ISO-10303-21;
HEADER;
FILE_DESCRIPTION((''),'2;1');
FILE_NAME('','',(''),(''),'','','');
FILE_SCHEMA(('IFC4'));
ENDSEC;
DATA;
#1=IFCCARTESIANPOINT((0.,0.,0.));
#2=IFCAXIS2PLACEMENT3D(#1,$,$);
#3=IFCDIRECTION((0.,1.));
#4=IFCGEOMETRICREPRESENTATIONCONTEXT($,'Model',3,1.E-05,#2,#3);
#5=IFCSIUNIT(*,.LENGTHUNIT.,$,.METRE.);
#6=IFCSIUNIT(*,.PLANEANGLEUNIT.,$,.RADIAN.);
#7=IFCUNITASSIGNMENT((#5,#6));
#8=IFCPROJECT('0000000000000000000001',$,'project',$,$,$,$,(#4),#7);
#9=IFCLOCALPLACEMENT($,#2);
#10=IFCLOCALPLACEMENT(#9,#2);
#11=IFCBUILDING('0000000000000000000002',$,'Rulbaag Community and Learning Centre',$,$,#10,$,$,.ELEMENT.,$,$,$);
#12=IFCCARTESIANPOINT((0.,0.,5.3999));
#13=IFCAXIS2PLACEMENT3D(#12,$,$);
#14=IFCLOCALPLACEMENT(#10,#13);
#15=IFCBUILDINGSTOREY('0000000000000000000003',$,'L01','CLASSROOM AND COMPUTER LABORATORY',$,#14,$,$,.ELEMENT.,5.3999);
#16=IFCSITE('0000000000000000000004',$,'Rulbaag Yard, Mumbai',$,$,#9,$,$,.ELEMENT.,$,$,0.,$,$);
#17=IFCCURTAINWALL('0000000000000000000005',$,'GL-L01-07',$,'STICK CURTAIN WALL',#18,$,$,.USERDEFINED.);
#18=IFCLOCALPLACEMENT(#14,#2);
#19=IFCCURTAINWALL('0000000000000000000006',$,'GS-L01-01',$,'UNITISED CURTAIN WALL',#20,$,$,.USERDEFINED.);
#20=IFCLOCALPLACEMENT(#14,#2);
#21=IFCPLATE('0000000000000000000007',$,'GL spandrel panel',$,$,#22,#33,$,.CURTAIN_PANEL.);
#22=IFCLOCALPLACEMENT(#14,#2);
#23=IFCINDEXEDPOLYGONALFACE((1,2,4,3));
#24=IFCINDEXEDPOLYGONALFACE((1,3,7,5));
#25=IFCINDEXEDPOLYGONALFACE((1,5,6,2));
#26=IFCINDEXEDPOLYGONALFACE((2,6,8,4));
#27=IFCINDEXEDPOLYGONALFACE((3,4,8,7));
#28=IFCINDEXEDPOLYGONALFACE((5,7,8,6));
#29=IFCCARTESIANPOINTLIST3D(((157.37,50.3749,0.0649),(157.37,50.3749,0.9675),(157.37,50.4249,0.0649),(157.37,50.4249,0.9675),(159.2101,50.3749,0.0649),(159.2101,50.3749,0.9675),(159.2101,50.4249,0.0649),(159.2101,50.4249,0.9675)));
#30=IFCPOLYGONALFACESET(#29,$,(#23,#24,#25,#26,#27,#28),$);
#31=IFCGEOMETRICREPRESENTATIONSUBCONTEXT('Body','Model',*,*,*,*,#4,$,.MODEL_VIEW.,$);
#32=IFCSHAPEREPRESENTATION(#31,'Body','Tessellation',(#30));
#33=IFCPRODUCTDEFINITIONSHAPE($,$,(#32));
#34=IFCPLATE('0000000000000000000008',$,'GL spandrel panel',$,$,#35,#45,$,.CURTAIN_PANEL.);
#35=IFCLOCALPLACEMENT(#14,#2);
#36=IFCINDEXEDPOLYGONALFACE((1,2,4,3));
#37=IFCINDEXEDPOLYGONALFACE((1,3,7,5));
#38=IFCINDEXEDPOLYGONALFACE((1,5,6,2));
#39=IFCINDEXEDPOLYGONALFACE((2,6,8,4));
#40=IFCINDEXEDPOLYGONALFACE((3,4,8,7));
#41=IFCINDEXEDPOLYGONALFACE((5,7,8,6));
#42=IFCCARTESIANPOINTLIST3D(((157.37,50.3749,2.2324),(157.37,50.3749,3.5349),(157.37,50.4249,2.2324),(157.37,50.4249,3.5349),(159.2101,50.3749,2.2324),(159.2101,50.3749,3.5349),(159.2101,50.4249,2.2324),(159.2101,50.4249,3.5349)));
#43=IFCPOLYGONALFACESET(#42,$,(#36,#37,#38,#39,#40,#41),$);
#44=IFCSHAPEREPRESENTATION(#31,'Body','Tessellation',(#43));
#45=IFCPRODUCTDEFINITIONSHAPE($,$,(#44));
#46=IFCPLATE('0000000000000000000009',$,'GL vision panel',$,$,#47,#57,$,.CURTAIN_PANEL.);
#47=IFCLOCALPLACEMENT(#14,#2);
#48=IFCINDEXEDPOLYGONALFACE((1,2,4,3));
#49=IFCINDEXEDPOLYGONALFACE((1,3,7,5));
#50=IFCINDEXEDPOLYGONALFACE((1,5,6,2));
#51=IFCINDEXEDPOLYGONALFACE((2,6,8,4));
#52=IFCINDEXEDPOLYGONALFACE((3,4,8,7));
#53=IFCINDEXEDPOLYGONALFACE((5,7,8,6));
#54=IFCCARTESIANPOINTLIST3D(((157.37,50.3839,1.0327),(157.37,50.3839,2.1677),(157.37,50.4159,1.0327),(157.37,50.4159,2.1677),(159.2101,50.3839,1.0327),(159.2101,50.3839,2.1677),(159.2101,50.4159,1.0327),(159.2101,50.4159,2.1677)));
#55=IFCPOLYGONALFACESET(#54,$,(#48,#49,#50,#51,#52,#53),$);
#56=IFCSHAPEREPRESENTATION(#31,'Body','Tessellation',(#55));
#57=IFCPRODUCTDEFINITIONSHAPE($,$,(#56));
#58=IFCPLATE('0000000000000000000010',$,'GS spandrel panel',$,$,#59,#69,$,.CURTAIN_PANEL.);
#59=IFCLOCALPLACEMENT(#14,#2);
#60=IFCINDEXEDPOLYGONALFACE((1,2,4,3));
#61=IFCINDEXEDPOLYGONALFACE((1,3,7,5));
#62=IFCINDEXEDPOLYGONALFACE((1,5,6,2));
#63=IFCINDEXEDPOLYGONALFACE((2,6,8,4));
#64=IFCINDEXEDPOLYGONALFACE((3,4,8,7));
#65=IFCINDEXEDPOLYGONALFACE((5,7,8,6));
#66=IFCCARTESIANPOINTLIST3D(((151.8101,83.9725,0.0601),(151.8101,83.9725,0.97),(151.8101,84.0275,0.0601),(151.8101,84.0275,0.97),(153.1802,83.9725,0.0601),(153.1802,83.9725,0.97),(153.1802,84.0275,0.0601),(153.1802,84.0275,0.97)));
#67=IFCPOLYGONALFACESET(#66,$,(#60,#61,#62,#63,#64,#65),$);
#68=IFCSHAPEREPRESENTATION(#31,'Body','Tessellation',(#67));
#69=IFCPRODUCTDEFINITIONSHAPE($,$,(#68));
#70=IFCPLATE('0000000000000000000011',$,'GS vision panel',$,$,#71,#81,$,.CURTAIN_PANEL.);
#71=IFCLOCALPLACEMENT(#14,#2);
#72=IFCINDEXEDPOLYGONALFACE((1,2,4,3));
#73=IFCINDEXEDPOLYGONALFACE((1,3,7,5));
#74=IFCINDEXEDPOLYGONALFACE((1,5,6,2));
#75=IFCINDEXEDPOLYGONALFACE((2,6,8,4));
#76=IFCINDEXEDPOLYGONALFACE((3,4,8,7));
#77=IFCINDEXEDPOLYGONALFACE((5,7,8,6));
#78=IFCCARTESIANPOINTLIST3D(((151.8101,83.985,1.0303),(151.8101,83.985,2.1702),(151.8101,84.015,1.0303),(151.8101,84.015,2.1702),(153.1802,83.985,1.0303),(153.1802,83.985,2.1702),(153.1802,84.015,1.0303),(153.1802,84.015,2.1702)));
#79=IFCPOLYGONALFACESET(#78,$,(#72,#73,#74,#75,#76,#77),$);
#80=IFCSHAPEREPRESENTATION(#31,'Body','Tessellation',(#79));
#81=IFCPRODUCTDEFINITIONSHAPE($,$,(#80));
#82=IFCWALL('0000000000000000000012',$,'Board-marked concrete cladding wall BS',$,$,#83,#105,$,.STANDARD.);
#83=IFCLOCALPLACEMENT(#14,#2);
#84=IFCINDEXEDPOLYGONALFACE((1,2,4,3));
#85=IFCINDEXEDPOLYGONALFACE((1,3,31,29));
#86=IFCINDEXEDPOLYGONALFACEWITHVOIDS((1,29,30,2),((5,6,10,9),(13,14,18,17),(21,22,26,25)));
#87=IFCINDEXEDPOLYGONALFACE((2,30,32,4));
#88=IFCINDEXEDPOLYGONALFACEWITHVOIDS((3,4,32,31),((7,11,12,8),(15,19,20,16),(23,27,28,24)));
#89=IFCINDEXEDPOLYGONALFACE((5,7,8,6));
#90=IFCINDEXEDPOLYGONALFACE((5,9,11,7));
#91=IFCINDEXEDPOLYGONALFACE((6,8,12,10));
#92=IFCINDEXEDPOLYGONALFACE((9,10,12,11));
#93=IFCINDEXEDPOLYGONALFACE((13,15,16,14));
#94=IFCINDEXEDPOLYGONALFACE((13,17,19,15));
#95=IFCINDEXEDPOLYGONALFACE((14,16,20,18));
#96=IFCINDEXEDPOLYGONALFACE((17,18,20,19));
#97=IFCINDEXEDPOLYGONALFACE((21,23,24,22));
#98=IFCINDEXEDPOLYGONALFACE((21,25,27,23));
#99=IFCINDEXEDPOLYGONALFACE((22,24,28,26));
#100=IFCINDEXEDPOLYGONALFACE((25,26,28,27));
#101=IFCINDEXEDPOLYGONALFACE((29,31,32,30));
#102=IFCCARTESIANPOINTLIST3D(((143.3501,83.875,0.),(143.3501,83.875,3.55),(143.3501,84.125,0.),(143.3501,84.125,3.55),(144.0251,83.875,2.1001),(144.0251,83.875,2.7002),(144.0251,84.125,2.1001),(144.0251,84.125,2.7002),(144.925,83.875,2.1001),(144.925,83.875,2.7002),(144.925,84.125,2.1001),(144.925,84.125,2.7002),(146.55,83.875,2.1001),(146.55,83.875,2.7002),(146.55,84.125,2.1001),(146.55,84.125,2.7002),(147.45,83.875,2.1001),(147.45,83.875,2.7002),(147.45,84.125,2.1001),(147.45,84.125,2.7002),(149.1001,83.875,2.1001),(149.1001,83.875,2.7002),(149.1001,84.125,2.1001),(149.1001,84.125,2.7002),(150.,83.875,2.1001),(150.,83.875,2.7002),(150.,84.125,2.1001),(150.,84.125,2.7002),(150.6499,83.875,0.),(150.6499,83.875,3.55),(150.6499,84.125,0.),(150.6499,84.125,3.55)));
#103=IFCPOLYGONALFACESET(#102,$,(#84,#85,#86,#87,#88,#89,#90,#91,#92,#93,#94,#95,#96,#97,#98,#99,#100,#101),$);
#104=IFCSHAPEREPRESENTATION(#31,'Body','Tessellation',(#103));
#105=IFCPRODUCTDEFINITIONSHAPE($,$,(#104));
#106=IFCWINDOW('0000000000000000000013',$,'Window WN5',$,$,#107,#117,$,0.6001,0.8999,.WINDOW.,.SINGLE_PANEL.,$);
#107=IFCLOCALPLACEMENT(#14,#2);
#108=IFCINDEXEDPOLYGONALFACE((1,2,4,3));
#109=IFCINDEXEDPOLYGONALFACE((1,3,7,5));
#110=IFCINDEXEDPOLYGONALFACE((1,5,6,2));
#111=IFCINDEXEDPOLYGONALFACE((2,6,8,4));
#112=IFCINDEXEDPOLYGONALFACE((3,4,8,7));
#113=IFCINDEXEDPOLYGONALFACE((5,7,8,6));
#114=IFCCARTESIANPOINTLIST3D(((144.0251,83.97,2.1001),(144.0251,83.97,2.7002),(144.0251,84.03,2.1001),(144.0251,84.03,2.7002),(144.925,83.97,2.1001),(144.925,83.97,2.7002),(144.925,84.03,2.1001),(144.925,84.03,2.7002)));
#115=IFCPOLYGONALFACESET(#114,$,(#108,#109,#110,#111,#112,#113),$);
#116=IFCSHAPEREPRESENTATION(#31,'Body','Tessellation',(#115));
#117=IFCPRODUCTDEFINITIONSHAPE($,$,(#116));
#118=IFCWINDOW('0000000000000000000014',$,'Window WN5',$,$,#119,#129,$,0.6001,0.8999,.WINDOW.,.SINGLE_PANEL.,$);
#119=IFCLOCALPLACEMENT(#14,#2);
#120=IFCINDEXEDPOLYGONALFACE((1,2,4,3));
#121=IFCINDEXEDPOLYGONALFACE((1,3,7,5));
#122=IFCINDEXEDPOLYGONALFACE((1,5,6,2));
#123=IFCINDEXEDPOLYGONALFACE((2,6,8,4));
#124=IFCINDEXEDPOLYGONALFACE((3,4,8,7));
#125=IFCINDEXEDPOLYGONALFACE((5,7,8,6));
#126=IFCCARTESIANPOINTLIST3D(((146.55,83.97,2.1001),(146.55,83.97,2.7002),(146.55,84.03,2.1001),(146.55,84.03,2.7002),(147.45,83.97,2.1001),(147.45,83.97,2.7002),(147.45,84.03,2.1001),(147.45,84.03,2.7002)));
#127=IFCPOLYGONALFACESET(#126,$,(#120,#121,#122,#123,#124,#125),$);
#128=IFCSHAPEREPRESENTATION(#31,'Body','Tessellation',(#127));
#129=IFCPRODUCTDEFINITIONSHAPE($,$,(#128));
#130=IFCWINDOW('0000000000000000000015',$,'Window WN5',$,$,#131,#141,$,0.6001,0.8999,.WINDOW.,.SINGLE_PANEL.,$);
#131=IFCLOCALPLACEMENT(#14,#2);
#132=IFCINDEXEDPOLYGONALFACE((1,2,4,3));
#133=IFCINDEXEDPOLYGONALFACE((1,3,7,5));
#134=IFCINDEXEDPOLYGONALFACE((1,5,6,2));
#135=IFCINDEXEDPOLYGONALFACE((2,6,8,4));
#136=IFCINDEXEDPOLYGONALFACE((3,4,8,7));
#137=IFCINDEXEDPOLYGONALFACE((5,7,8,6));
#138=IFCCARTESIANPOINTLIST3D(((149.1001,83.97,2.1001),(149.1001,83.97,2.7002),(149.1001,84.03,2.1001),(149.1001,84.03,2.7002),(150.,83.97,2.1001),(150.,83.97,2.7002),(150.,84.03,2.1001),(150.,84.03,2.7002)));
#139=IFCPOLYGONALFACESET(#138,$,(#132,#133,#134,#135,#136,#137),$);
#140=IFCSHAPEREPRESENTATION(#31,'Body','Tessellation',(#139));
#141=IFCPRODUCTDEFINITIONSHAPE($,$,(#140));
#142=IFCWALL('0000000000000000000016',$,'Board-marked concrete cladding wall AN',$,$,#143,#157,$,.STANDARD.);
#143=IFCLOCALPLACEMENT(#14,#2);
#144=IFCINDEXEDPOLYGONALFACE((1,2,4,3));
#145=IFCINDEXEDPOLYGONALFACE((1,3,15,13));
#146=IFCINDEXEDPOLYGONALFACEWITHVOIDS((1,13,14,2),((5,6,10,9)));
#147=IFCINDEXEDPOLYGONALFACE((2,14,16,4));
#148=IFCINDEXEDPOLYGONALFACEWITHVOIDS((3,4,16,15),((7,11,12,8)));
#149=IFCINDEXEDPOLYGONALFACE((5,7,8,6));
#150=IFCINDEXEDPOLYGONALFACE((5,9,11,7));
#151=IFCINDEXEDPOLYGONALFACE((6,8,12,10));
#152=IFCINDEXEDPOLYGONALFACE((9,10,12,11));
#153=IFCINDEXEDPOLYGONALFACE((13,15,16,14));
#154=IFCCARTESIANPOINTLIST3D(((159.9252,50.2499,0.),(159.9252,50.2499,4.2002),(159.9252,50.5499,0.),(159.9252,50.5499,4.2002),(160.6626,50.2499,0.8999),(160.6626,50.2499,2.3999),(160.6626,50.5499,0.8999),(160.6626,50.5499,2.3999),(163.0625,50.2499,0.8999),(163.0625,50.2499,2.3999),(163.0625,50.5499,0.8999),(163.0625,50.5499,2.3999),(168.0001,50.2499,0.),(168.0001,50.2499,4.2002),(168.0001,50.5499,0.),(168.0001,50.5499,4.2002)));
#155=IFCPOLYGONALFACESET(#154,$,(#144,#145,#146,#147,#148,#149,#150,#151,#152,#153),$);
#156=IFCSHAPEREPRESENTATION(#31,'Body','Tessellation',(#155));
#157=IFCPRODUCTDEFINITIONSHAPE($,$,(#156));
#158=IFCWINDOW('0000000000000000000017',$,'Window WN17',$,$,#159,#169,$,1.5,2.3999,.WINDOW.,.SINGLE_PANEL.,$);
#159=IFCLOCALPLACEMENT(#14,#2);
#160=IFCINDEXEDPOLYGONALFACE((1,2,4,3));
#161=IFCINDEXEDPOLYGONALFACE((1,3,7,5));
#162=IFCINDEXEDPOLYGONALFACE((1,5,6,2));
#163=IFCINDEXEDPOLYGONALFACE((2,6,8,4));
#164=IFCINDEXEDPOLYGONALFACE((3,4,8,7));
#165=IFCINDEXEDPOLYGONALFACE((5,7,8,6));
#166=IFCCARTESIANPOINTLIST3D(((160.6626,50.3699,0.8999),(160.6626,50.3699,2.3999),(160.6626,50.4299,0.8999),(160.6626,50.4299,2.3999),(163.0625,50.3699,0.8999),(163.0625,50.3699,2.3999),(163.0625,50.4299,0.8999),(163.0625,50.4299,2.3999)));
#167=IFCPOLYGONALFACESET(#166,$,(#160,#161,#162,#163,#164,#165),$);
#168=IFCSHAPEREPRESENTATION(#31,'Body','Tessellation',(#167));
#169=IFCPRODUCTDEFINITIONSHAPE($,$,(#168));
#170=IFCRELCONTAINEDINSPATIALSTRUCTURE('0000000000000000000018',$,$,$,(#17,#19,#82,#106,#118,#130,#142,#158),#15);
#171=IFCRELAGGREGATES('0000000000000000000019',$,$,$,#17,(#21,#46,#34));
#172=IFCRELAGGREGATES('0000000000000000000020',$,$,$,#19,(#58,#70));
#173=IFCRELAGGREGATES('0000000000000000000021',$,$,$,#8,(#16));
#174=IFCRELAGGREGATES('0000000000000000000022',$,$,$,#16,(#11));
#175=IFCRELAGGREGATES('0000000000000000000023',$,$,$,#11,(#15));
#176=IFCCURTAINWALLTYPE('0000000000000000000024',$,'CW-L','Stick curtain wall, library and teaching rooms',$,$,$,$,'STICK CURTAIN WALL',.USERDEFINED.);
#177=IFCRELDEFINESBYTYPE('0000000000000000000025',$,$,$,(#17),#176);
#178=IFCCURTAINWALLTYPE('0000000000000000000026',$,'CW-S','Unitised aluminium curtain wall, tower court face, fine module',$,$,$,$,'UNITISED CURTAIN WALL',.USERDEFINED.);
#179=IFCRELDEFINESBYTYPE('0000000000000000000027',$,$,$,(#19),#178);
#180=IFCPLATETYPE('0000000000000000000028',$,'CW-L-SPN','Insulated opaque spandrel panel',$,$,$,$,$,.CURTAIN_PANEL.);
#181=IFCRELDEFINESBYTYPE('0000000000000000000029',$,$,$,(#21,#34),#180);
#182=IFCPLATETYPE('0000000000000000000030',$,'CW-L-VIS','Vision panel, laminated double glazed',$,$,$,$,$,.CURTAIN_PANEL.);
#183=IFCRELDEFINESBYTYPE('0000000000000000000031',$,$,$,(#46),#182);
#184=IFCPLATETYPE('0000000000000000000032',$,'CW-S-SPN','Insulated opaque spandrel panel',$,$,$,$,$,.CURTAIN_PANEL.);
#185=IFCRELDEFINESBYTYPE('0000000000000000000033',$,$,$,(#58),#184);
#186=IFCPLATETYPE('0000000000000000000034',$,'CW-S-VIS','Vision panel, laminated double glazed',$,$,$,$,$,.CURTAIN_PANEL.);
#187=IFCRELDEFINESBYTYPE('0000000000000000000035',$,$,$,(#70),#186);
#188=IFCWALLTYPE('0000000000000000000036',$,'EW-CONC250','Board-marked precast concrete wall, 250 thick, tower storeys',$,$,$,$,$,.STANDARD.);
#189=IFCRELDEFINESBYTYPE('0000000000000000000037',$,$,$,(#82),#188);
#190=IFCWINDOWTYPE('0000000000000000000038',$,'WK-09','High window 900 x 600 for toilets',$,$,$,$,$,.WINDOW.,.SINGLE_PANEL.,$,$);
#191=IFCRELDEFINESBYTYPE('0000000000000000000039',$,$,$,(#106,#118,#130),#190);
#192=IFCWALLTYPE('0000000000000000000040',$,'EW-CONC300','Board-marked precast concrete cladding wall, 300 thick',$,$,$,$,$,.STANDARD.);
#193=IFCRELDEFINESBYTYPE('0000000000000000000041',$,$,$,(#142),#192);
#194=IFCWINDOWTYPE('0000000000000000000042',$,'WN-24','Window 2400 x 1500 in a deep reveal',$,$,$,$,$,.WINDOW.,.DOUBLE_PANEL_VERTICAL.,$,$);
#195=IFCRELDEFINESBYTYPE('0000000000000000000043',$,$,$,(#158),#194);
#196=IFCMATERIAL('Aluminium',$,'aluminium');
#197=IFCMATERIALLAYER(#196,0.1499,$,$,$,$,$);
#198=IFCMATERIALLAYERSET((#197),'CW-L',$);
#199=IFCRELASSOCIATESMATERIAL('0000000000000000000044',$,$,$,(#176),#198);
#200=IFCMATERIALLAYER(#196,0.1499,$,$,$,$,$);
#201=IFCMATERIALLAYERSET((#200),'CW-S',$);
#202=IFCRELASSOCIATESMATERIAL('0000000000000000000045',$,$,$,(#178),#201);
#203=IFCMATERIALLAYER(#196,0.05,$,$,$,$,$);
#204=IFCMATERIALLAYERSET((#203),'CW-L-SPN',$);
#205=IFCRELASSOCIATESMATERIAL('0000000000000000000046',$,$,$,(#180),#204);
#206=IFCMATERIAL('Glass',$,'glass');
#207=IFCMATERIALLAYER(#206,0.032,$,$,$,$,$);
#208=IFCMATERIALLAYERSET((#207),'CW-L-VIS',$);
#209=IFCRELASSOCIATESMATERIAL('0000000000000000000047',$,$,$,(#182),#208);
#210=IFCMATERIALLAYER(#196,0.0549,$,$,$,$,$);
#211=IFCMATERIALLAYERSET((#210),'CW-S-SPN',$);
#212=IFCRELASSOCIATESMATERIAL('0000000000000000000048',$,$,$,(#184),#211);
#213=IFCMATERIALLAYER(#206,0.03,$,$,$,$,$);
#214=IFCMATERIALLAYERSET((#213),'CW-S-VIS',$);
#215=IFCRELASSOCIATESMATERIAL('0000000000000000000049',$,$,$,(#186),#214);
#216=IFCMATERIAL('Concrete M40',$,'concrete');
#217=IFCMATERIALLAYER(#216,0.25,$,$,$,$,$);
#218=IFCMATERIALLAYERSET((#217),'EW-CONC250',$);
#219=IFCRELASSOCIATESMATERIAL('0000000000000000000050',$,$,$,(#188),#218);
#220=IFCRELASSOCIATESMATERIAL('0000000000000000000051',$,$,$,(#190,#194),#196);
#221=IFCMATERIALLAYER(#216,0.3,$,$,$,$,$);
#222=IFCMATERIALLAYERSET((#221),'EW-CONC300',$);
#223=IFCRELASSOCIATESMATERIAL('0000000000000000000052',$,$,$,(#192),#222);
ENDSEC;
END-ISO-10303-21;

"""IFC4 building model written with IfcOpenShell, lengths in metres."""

from ifc_helpers import new_model, si_unit, direction, frame, frame_2d, origin, origin_2d, place, context, subcontext, project, spatial, rectangle, extrude, material, layer, layer_set, type_object, element, fill, aggregate, save


model = new_model("IFC4")

# Units and contexts
model_context = context("Model", 3, precision=1e-05, world=origin(), true_north=direction((0.0, 1.0)))
body_context = subcontext(model_context, "Body", "Model", "MODEL_VIEW")
ifc_project = project(units=[si_unit("LENGTHUNIT", "METRE"), si_unit("PLANEANGLEUNIT", "RADIAN")], contexts=[model_context])

# Site, building, storey
site_placement = place(None, origin())
site = spatial("IfcSite", under=ifc_project, at=site_placement, Name="Rulbaag Yard, Mumbai", CompositionType="ELEMENT", RefElevation=0.0)
building_placement = place(site_placement, origin())
building = spatial("IfcBuilding", under=site, at=building_placement, Name="Rulbaag Community and Learning Centre", CompositionType="ELEMENT")
storey_placement = place(building_placement, frame((0.0, 0.0, 5.3999)))
storey = spatial("IfcBuildingStorey", under=building, at=storey_placement, Name="L01", Description="CLASSROOM AND COMPUTER LABORATORY", CompositionType="ELEMENT", Elevation=5.3999)

# Shared definitions
ifc_material_1 = material(Name="Concrete M40", Category="concrete")

# Curtain walls
ifc_material_2 = material(Name="Aluminium", Category="aluminium")
ifc_layer_1 = layer(ifc_material_2, 0.1499)
ifc_layer_set_1 = layer_set([ifc_layer_1], Name="CW-L")
curtain_wall_type_1 = type_object("IfcCurtainWallType", Name="CW-L", Description="Stick curtain wall, library and teaching rooms", ElementType="STICK CURTAIN WALL", PredefinedType="USERDEFINED", material=ifc_layer_set_1)
curtain_wall_1_placement = place(storey_placement, origin())
curtain_wall_1 = element("IfcCurtainWall", 1, at=curtain_wall_1_placement, inside=storey, type_object=curtain_wall_type_1, Name="GL-L01-07", ObjectType="STICK CURTAIN WALL", PredefinedType="USERDEFINED")
ifc_layer_2 = layer(ifc_material_2, 0.1499)
ifc_layer_set_2 = layer_set([ifc_layer_2], Name="CW-S")
curtain_wall_type_2 = type_object("IfcCurtainWallType", Name="CW-S", Description="Unitised aluminium curtain wall, tower court face, fine module", ElementType="UNITISED CURTAIN WALL", PredefinedType="USERDEFINED", material=ifc_layer_set_2)
curtain_wall_2_placement = place(storey_placement, origin())
curtain_wall_2 = element("IfcCurtainWall", 2, at=curtain_wall_2_placement, inside=storey, type_object=curtain_wall_type_2, Name="GS-L01-01", ObjectType="UNITISED CURTAIN WALL", PredefinedType="USERDEFINED")

# Plates
ifc_layer_3 = layer(ifc_material_2, 0.05)
ifc_layer_set_3 = layer_set([ifc_layer_3], Name="CW-L-SPN")
plate_type_1 = type_object("IfcPlateType", Name="CW-L-SPN", Description="Insulated opaque spandrel panel", PredefinedType="CURTAIN_PANEL", material=ifc_layer_set_3)
plate_1_placement = place(storey_placement, frame((158.29, 50.3999, 0.0649), z_axis=(0.0, 0.0, 1.0), x_axis=(1.0, 0.0, 0.0)))
plate_1 = element("IfcPlate", 3, at=plate_1_placement, type_object=plate_type_1, Name="GL spandrel panel", PredefinedType="CURTAIN_PANEL", context=body_context, shape_type="SweptSolid", body=[
    extrude(rectangle(XDim=1.8401, YDim=0.05, at=origin_2d()), origin(), (0.0, 0.0, 1.0), 0.9026),
])
plate_2_placement = place(storey_placement, frame((158.29, 50.3999, 2.2324), z_axis=(0.0, 0.0, 1.0), x_axis=(1.0, 0.0, 0.0)))
plate_2 = element("IfcPlate", 4, at=plate_2_placement, type_object=plate_type_1, Name="GL spandrel panel", PredefinedType="CURTAIN_PANEL", context=body_context, shape_type="SweptSolid", body=[
    extrude(rectangle(XDim=1.8401, YDim=0.05, at=origin_2d()), origin(), (0.0, 0.0, 1.0), 1.3025),
])
ifc_material_3 = material(Name="Glass", Category="glass")
ifc_layer_4 = layer(ifc_material_3, 0.032)
ifc_layer_set_4 = layer_set([ifc_layer_4], Name="CW-L-VIS")
plate_type_2 = type_object("IfcPlateType", Name="CW-L-VIS", Description="Vision panel, laminated double glazed", PredefinedType="CURTAIN_PANEL", material=ifc_layer_set_4)
plate_3_placement = place(storey_placement, frame((158.29, 50.3999, 1.0327), z_axis=(0.0, 0.0, 1.0), x_axis=(1.0, 0.0, 0.0)))
plate_3 = element("IfcPlate", 5, at=plate_3_placement, type_object=plate_type_2, Name="GL vision panel", PredefinedType="CURTAIN_PANEL", context=body_context, shape_type="SweptSolid", body=[
    extrude(rectangle(XDim=1.8401, YDim=0.032, at=origin_2d()), origin(), (0.0, 0.0, 1.0), 1.135),
])
aggregate(curtain_wall_1, [plate_1, plate_3, plate_2])
ifc_layer_5 = layer(ifc_material_2, 0.0549)
ifc_layer_set_5 = layer_set([ifc_layer_5], Name="CW-S-SPN")
plate_type_3 = type_object("IfcPlateType", Name="CW-S-SPN", Description="Insulated opaque spandrel panel", PredefinedType="CURTAIN_PANEL", material=ifc_layer_set_5)
plate_4_placement = place(storey_placement, frame((152.4951, 84.0, 0.0601), z_axis=(0.0, 0.0, 1.0), x_axis=(1.0, 0.0, 0.0)))
plate_4 = element("IfcPlate", 6, at=plate_4_placement, type_object=plate_type_3, Name="GS spandrel panel", PredefinedType="CURTAIN_PANEL", context=body_context, shape_type="SweptSolid", body=[
    extrude(rectangle(XDim=1.3701, YDim=0.0549, at=origin_2d()), origin(), (0.0, 0.0, 1.0), 0.9099),
])
ifc_layer_6 = layer(ifc_material_3, 0.03)
ifc_layer_set_6 = layer_set([ifc_layer_6], Name="CW-S-VIS")
plate_type_4 = type_object("IfcPlateType", Name="CW-S-VIS", Description="Vision panel, laminated double glazed", PredefinedType="CURTAIN_PANEL", material=ifc_layer_set_6)
plate_5_placement = place(storey_placement, frame((152.4951, 84.0, 1.0303), z_axis=(0.0, 0.0, 1.0), x_axis=(1.0, 0.0, 0.0)))
plate_5 = element("IfcPlate", 7, at=plate_5_placement, type_object=plate_type_4, Name="GS vision panel", PredefinedType="CURTAIN_PANEL", context=body_context, shape_type="SweptSolid", body=[
    extrude(rectangle(XDim=1.3701, YDim=0.03, at=origin_2d()), origin(), (0.0, 0.0, 1.0), 1.1399),
])
aggregate(curtain_wall_2, [plate_4, plate_5])

# Wall, openings, windows
ifc_layer_7 = layer(ifc_material_1, 0.25)
ifc_layer_set_7 = layer_set([ifc_layer_7], Name="EW-CONC250")
wall_type_1 = type_object("IfcWallType", Name="EW-CONC250", Description="Board-marked precast concrete wall, 250 thick, tower storeys", PredefinedType="STANDARD", material=ifc_layer_set_7)
wall_1_placement = place(storey_placement, frame((143.3501, 84.0, 0.0), z_axis=(0.0, 0.0, 1.0), x_axis=(1.0, 0.0, 0.0)))
wall_1 = element("IfcWall", 8, at=wall_1_placement, inside=storey, type_object=wall_type_1, Name="Board-marked concrete cladding wall BS", PredefinedType="STANDARD", context=body_context, shape_type="SweptSolid", body=[
    extrude(rectangle(XDim=7.2998, YDim=0.25, at=frame_2d((3.6499, 0.0))), origin(), (0.0, 0.0, 1.0), 3.55),
])
opening_1_placement = place(wall_1_placement, frame((0.675, 0.0, 2.1001)))
opening_1 = element("IfcOpeningElement", 9, at=opening_1_placement, cuts=wall_1, PredefinedType="OPENING", context=body_context, shape_type="SweptSolid", body=[
    extrude(rectangle(XDim=0.8999, YDim=0.6001, at=frame_2d((0.45, 0.3))), frame((0.0, 0.135, 0.0), z_axis=(0.0, -1.0, 0.0), x_axis=(1.0, 0.0, 0.0)), (0.0, 0.0, 1.0), 0.27),
])
opening_2_placement = place(wall_1_placement, frame((3.2, 0.0, 2.1001)))
opening_2 = element("IfcOpeningElement", 10, at=opening_2_placement, cuts=wall_1, PredefinedType="OPENING", context=body_context, shape_type="SweptSolid", body=[
    extrude(rectangle(XDim=0.8999, YDim=0.6001, at=frame_2d((0.45, 0.3))), frame((0.0, 0.135, 0.0), z_axis=(0.0, -1.0, 0.0), x_axis=(1.0, 0.0, 0.0)), (0.0, 0.0, 1.0), 0.27),
])
opening_3_placement = place(wall_1_placement, frame((5.75, 0.0, 2.1001)))
opening_3 = element("IfcOpeningElement", 11, at=opening_3_placement, cuts=wall_1, PredefinedType="OPENING", context=body_context, shape_type="SweptSolid", body=[
    extrude(rectangle(XDim=0.8999, YDim=0.6001, at=frame_2d((0.45, 0.3))), frame((0.0, 0.135, 0.0), z_axis=(0.0, -1.0, 0.0), x_axis=(1.0, 0.0, 0.0)), (0.0, 0.0, 1.0), 0.27),
])
window_type_1 = type_object("IfcWindowType", Name="WK-09", Description="High window 900 x 600 for toilets", PartitioningType="SINGLE_PANEL", PredefinedType="WINDOW", material=ifc_material_2)
window_1_placement = place(opening_1_placement, origin())
window_1 = element("IfcWindow", 12, at=window_1_placement, inside=storey, type_object=window_type_1, Name="Window WN5", OverallHeight=0.6001, OverallWidth=0.8999, PartitioningType="SINGLE_PANEL", PredefinedType="WINDOW", context=body_context, shape_type="SweptSolid", body=[
    extrude(rectangle(XDim=0.8999, YDim=0.6001, at=frame_2d((0.45, 0.3))), frame((0.0, 0.03, 0.0), z_axis=(0.0, -1.0, 0.0), x_axis=(1.0, 0.0, 0.0)), (0.0, 0.0, 1.0), 0.0601),
])
fill(opening_1, window_1)
window_2_placement = place(opening_2_placement, origin())
window_2 = element("IfcWindow", 13, at=window_2_placement, inside=storey, type_object=window_type_1, Name="Window WN5", OverallHeight=0.6001, OverallWidth=0.8999, PartitioningType="SINGLE_PANEL", PredefinedType="WINDOW", context=body_context, shape_type="SweptSolid", body=[
    extrude(rectangle(XDim=0.8999, YDim=0.6001, at=frame_2d((0.45, 0.3))), frame((0.0, 0.03, 0.0), z_axis=(0.0, -1.0, 0.0), x_axis=(1.0, 0.0, 0.0)), (0.0, 0.0, 1.0), 0.0601),
])
fill(opening_2, window_2)
window_3_placement = place(opening_3_placement, origin())
window_3 = element("IfcWindow", 14, at=window_3_placement, inside=storey, type_object=window_type_1, Name="Window WN5", OverallHeight=0.6001, OverallWidth=0.8999, PartitioningType="SINGLE_PANEL", PredefinedType="WINDOW", context=body_context, shape_type="SweptSolid", body=[
    extrude(rectangle(XDim=0.8999, YDim=0.6001, at=frame_2d((0.45, 0.3))), frame((0.0, 0.03, 0.0), z_axis=(0.0, -1.0, 0.0), x_axis=(1.0, 0.0, 0.0)), (0.0, 0.0, 1.0), 0.0601),
])
fill(opening_3, window_3)

# Wall, opening, window
ifc_layer_8 = layer(ifc_material_1, 0.3)
ifc_layer_set_8 = layer_set([ifc_layer_8], Name="EW-CONC300")
wall_type_2 = type_object("IfcWallType", Name="EW-CONC300", Description="Board-marked precast concrete cladding wall, 300 thick", PredefinedType="STANDARD", material=ifc_layer_set_8)
wall_2_placement = place(storey_placement, frame((159.925, 50.3999, 0.0), z_axis=(0.0, 0.0, 1.0), x_axis=(1.0, 0.0, 0.0)))
wall_2 = element("IfcWall", 15, at=wall_2_placement, inside=storey, type_object=wall_type_2, Name="Board-marked concrete cladding wall AN", PredefinedType="STANDARD", context=body_context, shape_type="SweptSolid", body=[
    extrude(rectangle(XDim=8.075, YDim=0.3, at=frame_2d((4.0376, 0.0))), origin(), (0.0, 0.0, 1.0), 4.2002),
])
opening_4_placement = place(wall_2_placement, frame((0.7375, 0.0, 0.8999)))
opening_4 = element("IfcOpeningElement", 16, at=opening_4_placement, cuts=wall_2, PredefinedType="OPENING", context=body_context, shape_type="SweptSolid", body=[
    extrude(rectangle(XDim=2.3999, YDim=1.5, at=frame_2d((1.2, 0.75))), frame((0.0, 0.1599, 0.0), z_axis=(0.0, -1.0, 0.0), x_axis=(1.0, 0.0, 0.0)), (0.0, 0.0, 1.0), 0.3201),
])
window_type_2 = type_object("IfcWindowType", Name="WN-24", Description="Window 2400 x 1500 in a deep reveal", PartitioningType="DOUBLE_PANEL_VERTICAL", PredefinedType="WINDOW", material=ifc_material_2)
window_4_placement = place(opening_4_placement, origin())
window_4 = element("IfcWindow", 17, at=window_4_placement, inside=storey, type_object=window_type_2, Name="Window WN17", OverallHeight=1.5, OverallWidth=2.3999, PartitioningType="SINGLE_PANEL", PredefinedType="WINDOW", context=body_context, shape_type="SweptSolid", body=[
    extrude(rectangle(XDim=2.3999, YDim=1.5, at=frame_2d((1.2, 0.75))), frame((0.0, 0.03, 0.0), z_axis=(0.0, -1.0, 0.0), x_axis=(1.0, 0.0, 0.0)), (0.0, 0.0, 1.0), 0.0601),
])
fill(opening_4, window_4)

save(model, "model.ifc")
